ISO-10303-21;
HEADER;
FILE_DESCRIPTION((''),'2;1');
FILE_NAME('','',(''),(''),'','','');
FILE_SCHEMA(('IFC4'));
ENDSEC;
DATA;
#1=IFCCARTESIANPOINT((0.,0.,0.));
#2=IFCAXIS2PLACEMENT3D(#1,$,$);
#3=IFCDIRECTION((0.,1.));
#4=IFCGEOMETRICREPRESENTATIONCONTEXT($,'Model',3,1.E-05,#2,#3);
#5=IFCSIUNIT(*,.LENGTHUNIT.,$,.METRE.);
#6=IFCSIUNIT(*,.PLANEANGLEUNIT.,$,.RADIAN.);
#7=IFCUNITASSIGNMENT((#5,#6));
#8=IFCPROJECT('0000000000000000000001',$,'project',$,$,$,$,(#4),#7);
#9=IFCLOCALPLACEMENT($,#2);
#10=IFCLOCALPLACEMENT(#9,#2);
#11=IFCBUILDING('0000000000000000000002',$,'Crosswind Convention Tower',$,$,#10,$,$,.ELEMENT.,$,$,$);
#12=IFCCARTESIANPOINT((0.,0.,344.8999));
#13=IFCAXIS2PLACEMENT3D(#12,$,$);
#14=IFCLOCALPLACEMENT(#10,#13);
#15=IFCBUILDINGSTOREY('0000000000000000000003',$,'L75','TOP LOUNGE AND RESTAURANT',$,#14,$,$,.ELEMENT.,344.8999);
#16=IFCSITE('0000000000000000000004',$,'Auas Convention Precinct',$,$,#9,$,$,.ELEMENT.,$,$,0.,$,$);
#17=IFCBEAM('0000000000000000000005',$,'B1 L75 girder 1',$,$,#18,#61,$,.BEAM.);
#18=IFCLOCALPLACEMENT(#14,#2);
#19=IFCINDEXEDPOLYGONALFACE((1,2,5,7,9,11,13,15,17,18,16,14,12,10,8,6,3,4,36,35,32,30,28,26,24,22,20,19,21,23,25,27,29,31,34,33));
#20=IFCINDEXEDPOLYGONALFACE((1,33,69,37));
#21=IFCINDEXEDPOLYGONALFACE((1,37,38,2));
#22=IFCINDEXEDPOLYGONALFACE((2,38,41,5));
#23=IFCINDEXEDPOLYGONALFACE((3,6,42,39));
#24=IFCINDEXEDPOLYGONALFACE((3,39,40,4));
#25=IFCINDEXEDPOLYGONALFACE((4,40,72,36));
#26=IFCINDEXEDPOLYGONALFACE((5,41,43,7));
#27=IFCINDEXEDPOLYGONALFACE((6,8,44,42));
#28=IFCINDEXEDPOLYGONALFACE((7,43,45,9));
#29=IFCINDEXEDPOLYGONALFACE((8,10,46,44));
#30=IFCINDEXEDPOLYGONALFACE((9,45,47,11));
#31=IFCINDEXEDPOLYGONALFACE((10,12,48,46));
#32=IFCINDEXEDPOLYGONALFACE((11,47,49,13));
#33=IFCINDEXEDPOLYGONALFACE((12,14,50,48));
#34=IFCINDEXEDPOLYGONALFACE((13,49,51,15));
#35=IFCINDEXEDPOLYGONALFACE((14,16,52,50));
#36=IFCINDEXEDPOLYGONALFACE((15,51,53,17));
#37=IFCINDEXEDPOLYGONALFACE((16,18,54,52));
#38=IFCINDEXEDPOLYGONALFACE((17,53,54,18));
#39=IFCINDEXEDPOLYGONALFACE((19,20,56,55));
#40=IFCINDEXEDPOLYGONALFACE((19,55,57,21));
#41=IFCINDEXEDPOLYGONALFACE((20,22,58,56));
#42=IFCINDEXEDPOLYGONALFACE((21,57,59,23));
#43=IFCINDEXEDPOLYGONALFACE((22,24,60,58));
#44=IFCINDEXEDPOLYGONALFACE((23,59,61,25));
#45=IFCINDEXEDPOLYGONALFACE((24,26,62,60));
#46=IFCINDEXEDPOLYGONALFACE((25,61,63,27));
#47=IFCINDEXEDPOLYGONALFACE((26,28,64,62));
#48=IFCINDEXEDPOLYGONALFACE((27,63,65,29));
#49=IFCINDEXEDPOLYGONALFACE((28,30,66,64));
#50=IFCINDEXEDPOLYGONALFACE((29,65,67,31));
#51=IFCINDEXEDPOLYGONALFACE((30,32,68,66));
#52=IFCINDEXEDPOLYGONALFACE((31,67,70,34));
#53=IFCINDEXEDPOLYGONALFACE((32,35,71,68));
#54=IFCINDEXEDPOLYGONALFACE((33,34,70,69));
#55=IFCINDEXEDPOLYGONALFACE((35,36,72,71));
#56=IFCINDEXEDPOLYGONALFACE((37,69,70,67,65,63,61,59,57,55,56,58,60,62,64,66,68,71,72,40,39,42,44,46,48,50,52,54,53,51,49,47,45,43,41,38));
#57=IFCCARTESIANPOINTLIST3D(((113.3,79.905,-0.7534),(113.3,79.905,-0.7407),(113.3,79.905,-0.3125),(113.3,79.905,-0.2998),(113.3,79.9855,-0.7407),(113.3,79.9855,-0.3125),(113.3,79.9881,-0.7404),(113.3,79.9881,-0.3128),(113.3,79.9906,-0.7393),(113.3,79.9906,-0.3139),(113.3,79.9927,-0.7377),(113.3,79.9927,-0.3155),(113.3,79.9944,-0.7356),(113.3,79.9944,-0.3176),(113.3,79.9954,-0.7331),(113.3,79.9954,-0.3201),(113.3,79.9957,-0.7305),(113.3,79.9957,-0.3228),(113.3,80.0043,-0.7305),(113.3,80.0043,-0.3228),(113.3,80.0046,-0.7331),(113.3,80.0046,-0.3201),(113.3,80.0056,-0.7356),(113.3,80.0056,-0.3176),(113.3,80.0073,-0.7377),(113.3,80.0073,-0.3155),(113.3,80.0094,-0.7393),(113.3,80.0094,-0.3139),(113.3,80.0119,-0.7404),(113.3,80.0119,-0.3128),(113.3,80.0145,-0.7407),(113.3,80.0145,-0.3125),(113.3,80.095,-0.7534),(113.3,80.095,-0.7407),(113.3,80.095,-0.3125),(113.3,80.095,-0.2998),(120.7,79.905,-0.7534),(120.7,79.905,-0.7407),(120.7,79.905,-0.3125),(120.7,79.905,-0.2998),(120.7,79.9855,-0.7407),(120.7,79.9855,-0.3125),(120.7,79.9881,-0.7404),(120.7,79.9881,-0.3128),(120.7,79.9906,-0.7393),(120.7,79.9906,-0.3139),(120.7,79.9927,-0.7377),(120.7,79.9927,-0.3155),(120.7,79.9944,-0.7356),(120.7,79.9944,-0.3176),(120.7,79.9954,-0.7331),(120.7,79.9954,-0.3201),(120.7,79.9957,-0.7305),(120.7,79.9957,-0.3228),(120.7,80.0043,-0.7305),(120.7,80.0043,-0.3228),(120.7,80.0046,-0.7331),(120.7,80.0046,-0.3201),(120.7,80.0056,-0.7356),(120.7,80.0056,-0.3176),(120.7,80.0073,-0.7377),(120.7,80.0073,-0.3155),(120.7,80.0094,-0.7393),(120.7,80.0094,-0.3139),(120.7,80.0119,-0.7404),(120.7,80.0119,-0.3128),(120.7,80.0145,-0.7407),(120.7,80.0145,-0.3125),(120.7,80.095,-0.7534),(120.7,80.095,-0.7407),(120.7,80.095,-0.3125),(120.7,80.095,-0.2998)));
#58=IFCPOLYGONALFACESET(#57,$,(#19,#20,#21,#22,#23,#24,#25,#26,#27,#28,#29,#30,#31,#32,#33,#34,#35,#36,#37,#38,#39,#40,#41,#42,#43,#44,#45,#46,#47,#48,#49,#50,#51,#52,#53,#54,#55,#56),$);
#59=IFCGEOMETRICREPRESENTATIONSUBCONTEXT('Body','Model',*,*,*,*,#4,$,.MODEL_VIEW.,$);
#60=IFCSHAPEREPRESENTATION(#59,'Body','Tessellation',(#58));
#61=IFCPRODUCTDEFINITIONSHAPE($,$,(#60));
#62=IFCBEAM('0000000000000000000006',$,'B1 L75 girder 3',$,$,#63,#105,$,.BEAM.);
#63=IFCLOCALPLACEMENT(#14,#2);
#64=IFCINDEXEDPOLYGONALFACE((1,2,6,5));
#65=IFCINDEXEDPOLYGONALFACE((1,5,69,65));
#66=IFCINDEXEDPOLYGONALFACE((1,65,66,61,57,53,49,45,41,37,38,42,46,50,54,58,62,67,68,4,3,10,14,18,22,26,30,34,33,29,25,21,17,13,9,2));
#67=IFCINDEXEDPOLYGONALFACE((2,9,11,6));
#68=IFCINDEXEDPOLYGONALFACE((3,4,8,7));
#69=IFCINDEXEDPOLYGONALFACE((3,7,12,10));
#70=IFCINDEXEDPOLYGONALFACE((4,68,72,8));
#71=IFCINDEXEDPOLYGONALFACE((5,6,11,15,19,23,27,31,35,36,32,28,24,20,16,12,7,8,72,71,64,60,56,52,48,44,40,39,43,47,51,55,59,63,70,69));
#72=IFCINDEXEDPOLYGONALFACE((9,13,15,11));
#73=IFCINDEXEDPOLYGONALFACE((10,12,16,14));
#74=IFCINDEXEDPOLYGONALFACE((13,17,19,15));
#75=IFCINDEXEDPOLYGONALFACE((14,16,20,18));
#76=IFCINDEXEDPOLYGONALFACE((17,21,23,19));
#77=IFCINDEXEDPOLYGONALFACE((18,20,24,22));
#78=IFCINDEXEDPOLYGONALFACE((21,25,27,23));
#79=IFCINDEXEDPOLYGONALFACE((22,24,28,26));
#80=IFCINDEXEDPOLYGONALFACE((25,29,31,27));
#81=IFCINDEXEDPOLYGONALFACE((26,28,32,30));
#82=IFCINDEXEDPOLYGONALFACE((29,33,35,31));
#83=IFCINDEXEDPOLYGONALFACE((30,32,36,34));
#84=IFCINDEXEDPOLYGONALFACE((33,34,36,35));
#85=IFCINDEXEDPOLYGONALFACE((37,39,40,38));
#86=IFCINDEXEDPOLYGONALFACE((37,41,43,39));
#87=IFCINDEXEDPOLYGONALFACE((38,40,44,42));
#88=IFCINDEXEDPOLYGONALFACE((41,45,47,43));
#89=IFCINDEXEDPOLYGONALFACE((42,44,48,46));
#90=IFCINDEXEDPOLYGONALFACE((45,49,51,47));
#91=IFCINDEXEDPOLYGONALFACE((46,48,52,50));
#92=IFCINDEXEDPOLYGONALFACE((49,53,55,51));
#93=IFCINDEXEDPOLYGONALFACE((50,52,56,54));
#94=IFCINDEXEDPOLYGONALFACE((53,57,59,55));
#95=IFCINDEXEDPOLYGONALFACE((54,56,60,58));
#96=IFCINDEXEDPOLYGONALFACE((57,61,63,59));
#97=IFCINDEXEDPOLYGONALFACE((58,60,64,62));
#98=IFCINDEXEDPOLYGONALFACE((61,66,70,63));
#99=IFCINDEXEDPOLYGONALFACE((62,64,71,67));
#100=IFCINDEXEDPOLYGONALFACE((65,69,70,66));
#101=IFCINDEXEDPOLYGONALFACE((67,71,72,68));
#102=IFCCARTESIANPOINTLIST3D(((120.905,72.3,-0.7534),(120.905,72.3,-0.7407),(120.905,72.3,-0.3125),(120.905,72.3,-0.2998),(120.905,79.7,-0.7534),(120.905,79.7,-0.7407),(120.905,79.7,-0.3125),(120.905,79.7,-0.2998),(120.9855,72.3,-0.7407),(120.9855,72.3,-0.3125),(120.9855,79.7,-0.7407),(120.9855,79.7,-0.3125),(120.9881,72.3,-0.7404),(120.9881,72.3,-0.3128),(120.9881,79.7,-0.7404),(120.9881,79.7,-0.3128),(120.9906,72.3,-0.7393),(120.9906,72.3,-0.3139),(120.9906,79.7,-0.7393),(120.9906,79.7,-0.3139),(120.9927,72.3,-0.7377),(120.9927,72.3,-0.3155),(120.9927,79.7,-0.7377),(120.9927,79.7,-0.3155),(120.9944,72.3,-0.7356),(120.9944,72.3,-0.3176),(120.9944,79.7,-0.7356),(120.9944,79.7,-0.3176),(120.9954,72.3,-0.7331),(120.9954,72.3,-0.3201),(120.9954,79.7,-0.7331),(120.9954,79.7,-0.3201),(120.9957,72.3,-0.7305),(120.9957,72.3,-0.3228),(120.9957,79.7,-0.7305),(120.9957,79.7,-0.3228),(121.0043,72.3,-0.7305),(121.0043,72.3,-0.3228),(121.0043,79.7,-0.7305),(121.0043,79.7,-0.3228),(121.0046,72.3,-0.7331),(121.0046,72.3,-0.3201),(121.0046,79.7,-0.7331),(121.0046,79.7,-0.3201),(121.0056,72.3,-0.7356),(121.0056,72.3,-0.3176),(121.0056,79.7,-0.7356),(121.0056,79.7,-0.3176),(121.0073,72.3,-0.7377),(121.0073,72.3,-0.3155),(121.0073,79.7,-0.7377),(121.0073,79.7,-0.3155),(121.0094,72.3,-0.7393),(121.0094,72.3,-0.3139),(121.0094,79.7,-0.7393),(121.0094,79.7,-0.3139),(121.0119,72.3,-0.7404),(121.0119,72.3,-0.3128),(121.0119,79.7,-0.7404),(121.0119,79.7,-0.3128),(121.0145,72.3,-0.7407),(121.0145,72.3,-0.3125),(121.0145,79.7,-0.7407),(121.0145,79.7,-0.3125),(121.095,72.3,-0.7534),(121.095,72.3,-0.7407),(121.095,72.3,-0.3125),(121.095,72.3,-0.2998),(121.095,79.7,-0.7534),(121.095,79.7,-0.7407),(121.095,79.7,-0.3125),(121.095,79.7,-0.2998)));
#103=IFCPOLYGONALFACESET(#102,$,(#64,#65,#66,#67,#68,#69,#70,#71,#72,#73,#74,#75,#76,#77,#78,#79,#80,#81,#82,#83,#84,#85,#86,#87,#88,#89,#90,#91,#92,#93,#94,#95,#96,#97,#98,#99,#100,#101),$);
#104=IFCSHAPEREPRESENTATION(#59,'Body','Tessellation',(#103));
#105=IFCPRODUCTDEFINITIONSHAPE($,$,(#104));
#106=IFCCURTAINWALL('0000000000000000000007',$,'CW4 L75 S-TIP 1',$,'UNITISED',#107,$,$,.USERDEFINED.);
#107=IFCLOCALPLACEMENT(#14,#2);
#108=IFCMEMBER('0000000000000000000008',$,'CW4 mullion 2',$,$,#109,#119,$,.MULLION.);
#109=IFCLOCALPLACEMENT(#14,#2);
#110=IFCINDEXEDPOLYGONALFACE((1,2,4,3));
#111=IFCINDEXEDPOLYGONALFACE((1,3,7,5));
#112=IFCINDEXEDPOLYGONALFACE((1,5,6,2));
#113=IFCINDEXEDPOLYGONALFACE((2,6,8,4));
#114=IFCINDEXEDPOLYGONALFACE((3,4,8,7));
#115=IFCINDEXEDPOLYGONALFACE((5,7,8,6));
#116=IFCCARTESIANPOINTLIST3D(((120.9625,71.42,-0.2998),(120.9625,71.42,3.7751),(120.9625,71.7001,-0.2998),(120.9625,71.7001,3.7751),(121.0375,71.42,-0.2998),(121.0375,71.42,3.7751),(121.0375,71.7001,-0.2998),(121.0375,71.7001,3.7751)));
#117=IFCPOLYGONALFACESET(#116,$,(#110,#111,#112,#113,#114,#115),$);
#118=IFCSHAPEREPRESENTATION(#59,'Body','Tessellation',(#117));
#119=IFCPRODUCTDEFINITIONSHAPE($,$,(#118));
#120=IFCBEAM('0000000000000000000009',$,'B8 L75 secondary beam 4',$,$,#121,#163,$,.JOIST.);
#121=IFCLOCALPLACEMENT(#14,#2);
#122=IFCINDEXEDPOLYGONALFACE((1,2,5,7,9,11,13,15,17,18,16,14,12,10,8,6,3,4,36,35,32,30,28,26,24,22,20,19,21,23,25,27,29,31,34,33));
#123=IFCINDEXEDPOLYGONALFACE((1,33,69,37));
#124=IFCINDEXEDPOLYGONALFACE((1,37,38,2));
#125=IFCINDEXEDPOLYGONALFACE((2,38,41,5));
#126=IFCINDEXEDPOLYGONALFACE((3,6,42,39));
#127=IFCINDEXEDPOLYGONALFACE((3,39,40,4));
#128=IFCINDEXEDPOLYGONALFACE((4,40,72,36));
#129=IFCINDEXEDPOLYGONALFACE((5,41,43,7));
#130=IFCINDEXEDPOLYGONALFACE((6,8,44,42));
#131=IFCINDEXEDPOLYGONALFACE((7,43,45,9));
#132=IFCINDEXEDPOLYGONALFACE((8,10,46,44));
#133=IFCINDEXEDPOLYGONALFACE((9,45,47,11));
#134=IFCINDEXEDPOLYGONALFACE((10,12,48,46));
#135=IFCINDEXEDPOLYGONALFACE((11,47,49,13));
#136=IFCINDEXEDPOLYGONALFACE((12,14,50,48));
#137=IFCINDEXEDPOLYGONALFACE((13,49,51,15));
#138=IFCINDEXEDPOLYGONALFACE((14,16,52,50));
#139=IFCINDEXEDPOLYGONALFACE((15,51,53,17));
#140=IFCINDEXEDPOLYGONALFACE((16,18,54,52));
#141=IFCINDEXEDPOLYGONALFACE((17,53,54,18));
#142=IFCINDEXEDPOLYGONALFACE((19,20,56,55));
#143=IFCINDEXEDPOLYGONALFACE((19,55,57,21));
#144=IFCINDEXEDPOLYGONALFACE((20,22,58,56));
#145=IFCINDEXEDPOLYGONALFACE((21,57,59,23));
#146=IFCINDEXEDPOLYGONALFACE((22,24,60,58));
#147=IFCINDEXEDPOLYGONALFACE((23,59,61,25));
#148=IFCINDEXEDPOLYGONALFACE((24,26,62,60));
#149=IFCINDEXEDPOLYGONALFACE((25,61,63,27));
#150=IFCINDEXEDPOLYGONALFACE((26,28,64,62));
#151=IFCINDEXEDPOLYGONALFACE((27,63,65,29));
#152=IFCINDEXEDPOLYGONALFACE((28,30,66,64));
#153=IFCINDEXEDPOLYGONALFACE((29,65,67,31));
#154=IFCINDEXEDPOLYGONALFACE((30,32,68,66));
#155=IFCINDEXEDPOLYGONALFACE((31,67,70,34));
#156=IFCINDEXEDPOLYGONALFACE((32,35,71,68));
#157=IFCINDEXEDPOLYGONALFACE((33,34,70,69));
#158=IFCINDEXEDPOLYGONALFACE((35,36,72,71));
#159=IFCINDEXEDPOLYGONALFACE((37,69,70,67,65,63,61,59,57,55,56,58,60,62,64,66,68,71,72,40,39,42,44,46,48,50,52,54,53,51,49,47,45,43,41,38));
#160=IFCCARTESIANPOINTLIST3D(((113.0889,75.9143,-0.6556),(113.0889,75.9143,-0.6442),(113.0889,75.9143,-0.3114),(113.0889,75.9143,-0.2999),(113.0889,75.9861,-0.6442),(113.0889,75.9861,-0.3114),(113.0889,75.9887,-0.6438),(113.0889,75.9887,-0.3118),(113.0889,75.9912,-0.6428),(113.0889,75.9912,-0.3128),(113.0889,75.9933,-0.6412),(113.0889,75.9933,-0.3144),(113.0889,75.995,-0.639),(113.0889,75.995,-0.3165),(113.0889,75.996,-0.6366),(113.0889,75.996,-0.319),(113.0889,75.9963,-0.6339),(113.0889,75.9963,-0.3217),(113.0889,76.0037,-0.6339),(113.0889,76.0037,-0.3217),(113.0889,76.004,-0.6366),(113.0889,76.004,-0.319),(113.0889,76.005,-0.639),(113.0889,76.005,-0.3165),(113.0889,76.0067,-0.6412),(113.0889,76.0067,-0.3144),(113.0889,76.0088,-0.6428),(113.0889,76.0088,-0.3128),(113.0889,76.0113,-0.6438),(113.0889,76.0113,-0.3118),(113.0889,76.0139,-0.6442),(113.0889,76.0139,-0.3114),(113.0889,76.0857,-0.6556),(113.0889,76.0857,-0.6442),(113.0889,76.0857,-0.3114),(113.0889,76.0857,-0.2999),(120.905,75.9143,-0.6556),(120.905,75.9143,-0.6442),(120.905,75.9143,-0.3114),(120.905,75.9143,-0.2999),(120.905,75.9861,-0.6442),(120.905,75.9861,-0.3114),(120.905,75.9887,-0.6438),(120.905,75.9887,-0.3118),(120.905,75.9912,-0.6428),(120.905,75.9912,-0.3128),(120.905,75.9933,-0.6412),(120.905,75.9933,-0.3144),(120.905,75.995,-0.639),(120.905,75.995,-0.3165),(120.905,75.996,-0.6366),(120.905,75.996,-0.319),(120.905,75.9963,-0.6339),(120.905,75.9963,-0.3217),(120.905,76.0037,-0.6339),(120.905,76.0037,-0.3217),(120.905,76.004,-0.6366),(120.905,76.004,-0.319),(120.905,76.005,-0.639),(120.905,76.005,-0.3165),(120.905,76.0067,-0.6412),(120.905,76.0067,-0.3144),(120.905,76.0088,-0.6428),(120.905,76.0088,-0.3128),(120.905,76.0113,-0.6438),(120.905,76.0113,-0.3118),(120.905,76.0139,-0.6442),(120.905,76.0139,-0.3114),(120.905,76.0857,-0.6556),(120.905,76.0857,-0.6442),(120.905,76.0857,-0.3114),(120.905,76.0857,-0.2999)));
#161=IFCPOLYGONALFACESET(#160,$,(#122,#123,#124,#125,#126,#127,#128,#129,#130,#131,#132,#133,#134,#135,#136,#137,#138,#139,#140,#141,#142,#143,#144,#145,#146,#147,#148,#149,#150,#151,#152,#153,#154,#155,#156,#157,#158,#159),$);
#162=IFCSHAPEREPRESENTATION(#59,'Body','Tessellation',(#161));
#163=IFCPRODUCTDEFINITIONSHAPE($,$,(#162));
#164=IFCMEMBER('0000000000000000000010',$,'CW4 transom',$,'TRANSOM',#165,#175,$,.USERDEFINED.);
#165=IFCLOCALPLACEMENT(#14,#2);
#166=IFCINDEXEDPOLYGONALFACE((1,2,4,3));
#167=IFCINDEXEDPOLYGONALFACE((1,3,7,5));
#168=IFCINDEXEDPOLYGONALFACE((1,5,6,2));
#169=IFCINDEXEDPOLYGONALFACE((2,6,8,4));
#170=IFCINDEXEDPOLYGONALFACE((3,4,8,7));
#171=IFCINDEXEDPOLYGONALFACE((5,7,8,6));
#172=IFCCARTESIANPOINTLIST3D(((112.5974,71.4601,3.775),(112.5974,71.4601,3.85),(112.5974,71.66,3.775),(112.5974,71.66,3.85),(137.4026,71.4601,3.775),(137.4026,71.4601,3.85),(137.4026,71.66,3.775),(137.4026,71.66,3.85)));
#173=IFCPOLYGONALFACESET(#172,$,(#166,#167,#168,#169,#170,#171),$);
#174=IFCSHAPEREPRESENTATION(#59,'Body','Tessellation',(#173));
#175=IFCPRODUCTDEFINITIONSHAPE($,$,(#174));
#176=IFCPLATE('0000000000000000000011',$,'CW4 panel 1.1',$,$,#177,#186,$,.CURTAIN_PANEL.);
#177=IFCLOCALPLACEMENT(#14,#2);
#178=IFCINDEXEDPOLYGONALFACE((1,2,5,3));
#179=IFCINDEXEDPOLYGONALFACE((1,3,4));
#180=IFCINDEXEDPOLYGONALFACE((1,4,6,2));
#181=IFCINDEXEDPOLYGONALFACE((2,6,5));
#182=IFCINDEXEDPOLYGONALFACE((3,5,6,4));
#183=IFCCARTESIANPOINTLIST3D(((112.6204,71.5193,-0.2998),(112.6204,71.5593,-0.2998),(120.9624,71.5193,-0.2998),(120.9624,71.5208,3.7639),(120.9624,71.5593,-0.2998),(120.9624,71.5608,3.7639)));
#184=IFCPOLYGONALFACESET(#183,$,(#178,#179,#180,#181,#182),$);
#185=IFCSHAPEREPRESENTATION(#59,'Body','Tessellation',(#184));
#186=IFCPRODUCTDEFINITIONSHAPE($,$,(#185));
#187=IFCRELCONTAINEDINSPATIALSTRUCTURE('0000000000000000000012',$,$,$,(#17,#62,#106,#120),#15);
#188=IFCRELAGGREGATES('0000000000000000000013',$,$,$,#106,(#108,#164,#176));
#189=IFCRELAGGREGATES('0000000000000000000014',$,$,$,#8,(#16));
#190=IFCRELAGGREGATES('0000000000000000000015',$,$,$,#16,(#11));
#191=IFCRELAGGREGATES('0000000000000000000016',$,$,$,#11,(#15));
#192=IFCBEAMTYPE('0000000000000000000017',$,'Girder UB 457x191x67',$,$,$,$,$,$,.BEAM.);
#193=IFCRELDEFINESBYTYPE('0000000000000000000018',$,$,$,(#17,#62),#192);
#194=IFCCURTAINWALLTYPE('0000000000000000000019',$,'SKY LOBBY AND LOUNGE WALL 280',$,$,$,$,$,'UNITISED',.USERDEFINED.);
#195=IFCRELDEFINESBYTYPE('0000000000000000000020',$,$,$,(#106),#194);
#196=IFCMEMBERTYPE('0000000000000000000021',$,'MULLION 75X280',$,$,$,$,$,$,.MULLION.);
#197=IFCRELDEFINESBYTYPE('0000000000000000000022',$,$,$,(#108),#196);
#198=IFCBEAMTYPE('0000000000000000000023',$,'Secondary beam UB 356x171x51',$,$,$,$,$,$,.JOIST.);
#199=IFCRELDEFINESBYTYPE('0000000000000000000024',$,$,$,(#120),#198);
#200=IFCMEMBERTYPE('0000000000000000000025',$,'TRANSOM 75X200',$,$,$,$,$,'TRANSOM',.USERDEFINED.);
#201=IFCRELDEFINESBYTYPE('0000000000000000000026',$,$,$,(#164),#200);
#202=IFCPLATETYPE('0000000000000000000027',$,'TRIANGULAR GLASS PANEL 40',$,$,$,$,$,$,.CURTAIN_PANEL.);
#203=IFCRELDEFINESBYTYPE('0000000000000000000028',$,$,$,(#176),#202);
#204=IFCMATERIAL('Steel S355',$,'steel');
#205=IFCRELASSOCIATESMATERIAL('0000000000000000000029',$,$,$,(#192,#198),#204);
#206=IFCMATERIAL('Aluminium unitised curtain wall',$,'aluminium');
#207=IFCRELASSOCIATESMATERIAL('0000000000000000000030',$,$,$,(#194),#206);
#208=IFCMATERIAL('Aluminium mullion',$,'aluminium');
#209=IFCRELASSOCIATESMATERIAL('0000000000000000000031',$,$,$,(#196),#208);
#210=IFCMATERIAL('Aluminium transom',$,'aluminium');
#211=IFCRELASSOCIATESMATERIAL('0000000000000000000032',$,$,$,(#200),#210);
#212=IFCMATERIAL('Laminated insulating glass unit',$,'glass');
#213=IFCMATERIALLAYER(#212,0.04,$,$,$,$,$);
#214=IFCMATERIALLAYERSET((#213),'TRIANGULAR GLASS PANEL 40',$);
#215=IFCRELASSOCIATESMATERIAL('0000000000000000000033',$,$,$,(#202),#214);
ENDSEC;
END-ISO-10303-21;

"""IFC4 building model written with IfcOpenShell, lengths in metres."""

from ifc_helpers import new_model, si_unit, direction, frame, origin, origin_2d, place, context, subcontext, project, spatial, polyline, rectangle, i_section, outline, extrude, material, layer, layer_set, material_profile, profile_set, type_object, element, aggregate, save


model = new_model("IFC4")

# Units and contexts
model_context = context("Model", 3, precision=1e-05, world=origin(), true_north=direction((0.0, 1.0)))
body_context = subcontext(model_context, "Body", "Model", "MODEL_VIEW")
ifc_project = project(units=[si_unit("LENGTHUNIT", "METRE"), si_unit("PLANEANGLEUNIT", "RADIAN")], contexts=[model_context])

# Site, building, storey
site_placement = place(None, origin())
site = spatial("IfcSite", under=ifc_project, at=site_placement, Name="Auas Convention Precinct", CompositionType="ELEMENT", RefElevation=0.0)
building_placement = place(site_placement, origin())
building = spatial("IfcBuilding", under=site, at=building_placement, Name="Crosswind Convention Tower", CompositionType="ELEMENT")
storey_placement = place(building_placement, frame((0.0, 0.0, 344.8999)))
storey = spatial("IfcBuildingStorey", under=building, at=storey_placement, Name="L75", Description="TOP LOUNGE AND RESTAURANT", CompositionType="ELEMENT", Elevation=344.8999)

# Beams
ifc_material_1 = material(Name="Steel S355", Category="steel")
ifc_material_profile_1 = material_profile(ifc_material_1, i_section(OverallWidth=0.1899, OverallDepth=0.4536, WebThickness=0.0085, FlangeThickness=0.0127, FilletRadius=0.0103, at=origin_2d()), Name="UB 457x191x67")
ifc_profile_set_1 = profile_set([ifc_material_profile_1], Name="Steel S355")
beam_type_1 = type_object("IfcBeamType", Name="Girder UB 457x191x67", PredefinedType="BEAM", material=ifc_profile_set_1)
for number, where, z_axis, x_axis, name in (
    (1, (113.3, 80.0, -0.5266), (1.0, 0.0, 0.0), (0.0, 1.0, 0.0), "B1 L75 girder 1"),
    (2, (121.0, 72.3, -0.5266), (0.0, 1.0, 0.0), (-1.0, 0.0, 0.0), "B1 L75 girder 3"),
):
    element("IfcBeam", number, at=place(storey_placement, frame(where, z_axis=z_axis, x_axis=x_axis)), inside=storey, type_object=beam_type_1, Name=name, PredefinedType="BEAM", context=body_context, shape_type="SweptSolid", body=[
        extrude(i_section(OverallWidth=0.1899, OverallDepth=0.4536, WebThickness=0.0085, FlangeThickness=0.0127, FilletRadius=0.0103, at=origin_2d()), origin(), (0.0, 0.0, 1.0), 7.3999),
    ])

# Curtain wall, member
ifc_material_2 = material(Name="Aluminium unitised curtain wall", Category="aluminium")
curtain_wall_type = type_object("IfcCurtainWallType", Name="SKY LOBBY AND LOUNGE WALL 280", ElementType="UNITISED", PredefinedType="USERDEFINED", material=ifc_material_2)
curtain_wall_placement = place(storey_placement, origin())
curtain_wall = element("IfcCurtainWall", 3, at=curtain_wall_placement, inside=storey, type_object=curtain_wall_type, Name="CW4 L75 S-TIP 1", ObjectType="UNITISED", PredefinedType="USERDEFINED")
ifc_material_3 = material(Name="Aluminium mullion", Category="aluminium")
ifc_material_profile_2 = material_profile(ifc_material_3, rectangle(XDim=0.28, YDim=0.075, at=origin_2d()), Name="AL 280X75")
ifc_profile_set_2 = profile_set([ifc_material_profile_2], Name="Aluminium mullion")
member_type_1 = type_object("IfcMemberType", Name="MULLION 75X280", PredefinedType="MULLION", material=ifc_profile_set_2)
member_1_placement = place(storey_placement, frame((121.0, 71.5601, -0.2998), z_axis=(0.0, 0.0, 1.0), x_axis=(0.0, -1.0, 0.0)))
member_1 = element("IfcMember", 4, at=member_1_placement, type_object=member_type_1, Name="CW4 mullion 2", PredefinedType="MULLION", context=body_context, shape_type="SweptSolid", body=[
    extrude(rectangle(XDim=0.28, YDim=0.075, at=origin_2d()), origin(), (0.0, 0.0, 1.0), 4.075),
])

# Beam
ifc_material_profile_3 = material_profile(ifc_material_1, i_section(OverallWidth=0.1714, OverallDepth=0.3557, WebThickness=0.0073, FlangeThickness=0.0115, FilletRadius=0.0103, at=origin_2d()), Name="UB 356x171x51")
ifc_profile_set_3 = profile_set([ifc_material_profile_3], Name="Steel S355")
beam_type_2 = type_object("IfcBeamType", Name="Secondary beam UB 356x171x51", PredefinedType="JOIST", material=ifc_profile_set_3)
beam_1_placement = place(storey_placement, frame((113.0889, 76.0, -0.4778), z_axis=(1.0, 0.0, 0.0), x_axis=(0.0, 1.0, 0.0)))
element("IfcBeam", 5, at=beam_1_placement, inside=storey, type_object=beam_type_2, Name="B8 L75 secondary beam 4", PredefinedType="JOIST", context=body_context, shape_type="SweptSolid", body=[
    extrude(i_section(OverallWidth=0.1714, OverallDepth=0.3557, WebThickness=0.0073, FlangeThickness=0.0115, FilletRadius=0.0103, at=origin_2d()), origin(), (0.0, 0.0, 1.0), 7.8162),
])

# Member
ifc_material_4 = material(Name="Aluminium transom", Category="aluminium")
ifc_material_profile_4 = material_profile(ifc_material_4, rectangle(XDim=0.2, YDim=0.075, at=origin_2d()), Name="AL 200X75")
ifc_profile_set_4 = profile_set([ifc_material_profile_4], Name="Aluminium transom")
member_type_2 = type_object("IfcMemberType", Name="TRANSOM 75X200", ElementType="TRANSOM", PredefinedType="USERDEFINED", material=ifc_profile_set_4)
member_2_placement = place(storey_placement, frame((112.5974, 71.5601, 3.8125), z_axis=(1.0, 0.0, 0.0), x_axis=(0.0, 1.0, 0.0)))
member_2 = element("IfcMember", 6, at=member_2_placement, type_object=member_type_2, Name="CW4 transom", ObjectType="TRANSOM", PredefinedType="USERDEFINED", context=body_context, shape_type="SweptSolid", body=[
    extrude(rectangle(XDim=0.2, YDim=0.075, at=origin_2d()), origin(), (0.0, 0.0, 1.0), 24.8052),
])

# Plate
ifc_material_5 = material(Name="Laminated insulating glass unit", Category="glass")
ifc_layer_1 = layer(ifc_material_5, 0.04)
ifc_layer_set_1 = layer_set([ifc_layer_1], Name="TRIANGULAR GLASS PANEL 40")
plate_type = type_object("IfcPlateType", Name="TRIANGULAR GLASS PANEL 40", PredefinedType="CURTAIN_PANEL", material=ifc_layer_set_1)
plate_1_placement = place(storey_placement, frame((120.9624, 71.5193, -0.2998), z_axis=(0.0, -1.0, 0.00036), x_axis=(0.0, 0.00036, 1.0)))
plate_1 = element("IfcPlate", 7, at=plate_1_placement, type_object=plate_type, Name="CW4 panel 1.1", PredefinedType="CURTAIN_PANEL", context=body_context, shape_type="SweptSolid", body=[
    extrude(outline(polyline([(0.0, 0.0), (4.0637, 0.0), (0.0, 8.342), (0.0, 0.0)])), origin(), (0.0, 0.0, -1.0), 0.04),
])
aggregate(curtain_wall, [member_1, member_2, plate_1])

save(model, "model.ifc")
